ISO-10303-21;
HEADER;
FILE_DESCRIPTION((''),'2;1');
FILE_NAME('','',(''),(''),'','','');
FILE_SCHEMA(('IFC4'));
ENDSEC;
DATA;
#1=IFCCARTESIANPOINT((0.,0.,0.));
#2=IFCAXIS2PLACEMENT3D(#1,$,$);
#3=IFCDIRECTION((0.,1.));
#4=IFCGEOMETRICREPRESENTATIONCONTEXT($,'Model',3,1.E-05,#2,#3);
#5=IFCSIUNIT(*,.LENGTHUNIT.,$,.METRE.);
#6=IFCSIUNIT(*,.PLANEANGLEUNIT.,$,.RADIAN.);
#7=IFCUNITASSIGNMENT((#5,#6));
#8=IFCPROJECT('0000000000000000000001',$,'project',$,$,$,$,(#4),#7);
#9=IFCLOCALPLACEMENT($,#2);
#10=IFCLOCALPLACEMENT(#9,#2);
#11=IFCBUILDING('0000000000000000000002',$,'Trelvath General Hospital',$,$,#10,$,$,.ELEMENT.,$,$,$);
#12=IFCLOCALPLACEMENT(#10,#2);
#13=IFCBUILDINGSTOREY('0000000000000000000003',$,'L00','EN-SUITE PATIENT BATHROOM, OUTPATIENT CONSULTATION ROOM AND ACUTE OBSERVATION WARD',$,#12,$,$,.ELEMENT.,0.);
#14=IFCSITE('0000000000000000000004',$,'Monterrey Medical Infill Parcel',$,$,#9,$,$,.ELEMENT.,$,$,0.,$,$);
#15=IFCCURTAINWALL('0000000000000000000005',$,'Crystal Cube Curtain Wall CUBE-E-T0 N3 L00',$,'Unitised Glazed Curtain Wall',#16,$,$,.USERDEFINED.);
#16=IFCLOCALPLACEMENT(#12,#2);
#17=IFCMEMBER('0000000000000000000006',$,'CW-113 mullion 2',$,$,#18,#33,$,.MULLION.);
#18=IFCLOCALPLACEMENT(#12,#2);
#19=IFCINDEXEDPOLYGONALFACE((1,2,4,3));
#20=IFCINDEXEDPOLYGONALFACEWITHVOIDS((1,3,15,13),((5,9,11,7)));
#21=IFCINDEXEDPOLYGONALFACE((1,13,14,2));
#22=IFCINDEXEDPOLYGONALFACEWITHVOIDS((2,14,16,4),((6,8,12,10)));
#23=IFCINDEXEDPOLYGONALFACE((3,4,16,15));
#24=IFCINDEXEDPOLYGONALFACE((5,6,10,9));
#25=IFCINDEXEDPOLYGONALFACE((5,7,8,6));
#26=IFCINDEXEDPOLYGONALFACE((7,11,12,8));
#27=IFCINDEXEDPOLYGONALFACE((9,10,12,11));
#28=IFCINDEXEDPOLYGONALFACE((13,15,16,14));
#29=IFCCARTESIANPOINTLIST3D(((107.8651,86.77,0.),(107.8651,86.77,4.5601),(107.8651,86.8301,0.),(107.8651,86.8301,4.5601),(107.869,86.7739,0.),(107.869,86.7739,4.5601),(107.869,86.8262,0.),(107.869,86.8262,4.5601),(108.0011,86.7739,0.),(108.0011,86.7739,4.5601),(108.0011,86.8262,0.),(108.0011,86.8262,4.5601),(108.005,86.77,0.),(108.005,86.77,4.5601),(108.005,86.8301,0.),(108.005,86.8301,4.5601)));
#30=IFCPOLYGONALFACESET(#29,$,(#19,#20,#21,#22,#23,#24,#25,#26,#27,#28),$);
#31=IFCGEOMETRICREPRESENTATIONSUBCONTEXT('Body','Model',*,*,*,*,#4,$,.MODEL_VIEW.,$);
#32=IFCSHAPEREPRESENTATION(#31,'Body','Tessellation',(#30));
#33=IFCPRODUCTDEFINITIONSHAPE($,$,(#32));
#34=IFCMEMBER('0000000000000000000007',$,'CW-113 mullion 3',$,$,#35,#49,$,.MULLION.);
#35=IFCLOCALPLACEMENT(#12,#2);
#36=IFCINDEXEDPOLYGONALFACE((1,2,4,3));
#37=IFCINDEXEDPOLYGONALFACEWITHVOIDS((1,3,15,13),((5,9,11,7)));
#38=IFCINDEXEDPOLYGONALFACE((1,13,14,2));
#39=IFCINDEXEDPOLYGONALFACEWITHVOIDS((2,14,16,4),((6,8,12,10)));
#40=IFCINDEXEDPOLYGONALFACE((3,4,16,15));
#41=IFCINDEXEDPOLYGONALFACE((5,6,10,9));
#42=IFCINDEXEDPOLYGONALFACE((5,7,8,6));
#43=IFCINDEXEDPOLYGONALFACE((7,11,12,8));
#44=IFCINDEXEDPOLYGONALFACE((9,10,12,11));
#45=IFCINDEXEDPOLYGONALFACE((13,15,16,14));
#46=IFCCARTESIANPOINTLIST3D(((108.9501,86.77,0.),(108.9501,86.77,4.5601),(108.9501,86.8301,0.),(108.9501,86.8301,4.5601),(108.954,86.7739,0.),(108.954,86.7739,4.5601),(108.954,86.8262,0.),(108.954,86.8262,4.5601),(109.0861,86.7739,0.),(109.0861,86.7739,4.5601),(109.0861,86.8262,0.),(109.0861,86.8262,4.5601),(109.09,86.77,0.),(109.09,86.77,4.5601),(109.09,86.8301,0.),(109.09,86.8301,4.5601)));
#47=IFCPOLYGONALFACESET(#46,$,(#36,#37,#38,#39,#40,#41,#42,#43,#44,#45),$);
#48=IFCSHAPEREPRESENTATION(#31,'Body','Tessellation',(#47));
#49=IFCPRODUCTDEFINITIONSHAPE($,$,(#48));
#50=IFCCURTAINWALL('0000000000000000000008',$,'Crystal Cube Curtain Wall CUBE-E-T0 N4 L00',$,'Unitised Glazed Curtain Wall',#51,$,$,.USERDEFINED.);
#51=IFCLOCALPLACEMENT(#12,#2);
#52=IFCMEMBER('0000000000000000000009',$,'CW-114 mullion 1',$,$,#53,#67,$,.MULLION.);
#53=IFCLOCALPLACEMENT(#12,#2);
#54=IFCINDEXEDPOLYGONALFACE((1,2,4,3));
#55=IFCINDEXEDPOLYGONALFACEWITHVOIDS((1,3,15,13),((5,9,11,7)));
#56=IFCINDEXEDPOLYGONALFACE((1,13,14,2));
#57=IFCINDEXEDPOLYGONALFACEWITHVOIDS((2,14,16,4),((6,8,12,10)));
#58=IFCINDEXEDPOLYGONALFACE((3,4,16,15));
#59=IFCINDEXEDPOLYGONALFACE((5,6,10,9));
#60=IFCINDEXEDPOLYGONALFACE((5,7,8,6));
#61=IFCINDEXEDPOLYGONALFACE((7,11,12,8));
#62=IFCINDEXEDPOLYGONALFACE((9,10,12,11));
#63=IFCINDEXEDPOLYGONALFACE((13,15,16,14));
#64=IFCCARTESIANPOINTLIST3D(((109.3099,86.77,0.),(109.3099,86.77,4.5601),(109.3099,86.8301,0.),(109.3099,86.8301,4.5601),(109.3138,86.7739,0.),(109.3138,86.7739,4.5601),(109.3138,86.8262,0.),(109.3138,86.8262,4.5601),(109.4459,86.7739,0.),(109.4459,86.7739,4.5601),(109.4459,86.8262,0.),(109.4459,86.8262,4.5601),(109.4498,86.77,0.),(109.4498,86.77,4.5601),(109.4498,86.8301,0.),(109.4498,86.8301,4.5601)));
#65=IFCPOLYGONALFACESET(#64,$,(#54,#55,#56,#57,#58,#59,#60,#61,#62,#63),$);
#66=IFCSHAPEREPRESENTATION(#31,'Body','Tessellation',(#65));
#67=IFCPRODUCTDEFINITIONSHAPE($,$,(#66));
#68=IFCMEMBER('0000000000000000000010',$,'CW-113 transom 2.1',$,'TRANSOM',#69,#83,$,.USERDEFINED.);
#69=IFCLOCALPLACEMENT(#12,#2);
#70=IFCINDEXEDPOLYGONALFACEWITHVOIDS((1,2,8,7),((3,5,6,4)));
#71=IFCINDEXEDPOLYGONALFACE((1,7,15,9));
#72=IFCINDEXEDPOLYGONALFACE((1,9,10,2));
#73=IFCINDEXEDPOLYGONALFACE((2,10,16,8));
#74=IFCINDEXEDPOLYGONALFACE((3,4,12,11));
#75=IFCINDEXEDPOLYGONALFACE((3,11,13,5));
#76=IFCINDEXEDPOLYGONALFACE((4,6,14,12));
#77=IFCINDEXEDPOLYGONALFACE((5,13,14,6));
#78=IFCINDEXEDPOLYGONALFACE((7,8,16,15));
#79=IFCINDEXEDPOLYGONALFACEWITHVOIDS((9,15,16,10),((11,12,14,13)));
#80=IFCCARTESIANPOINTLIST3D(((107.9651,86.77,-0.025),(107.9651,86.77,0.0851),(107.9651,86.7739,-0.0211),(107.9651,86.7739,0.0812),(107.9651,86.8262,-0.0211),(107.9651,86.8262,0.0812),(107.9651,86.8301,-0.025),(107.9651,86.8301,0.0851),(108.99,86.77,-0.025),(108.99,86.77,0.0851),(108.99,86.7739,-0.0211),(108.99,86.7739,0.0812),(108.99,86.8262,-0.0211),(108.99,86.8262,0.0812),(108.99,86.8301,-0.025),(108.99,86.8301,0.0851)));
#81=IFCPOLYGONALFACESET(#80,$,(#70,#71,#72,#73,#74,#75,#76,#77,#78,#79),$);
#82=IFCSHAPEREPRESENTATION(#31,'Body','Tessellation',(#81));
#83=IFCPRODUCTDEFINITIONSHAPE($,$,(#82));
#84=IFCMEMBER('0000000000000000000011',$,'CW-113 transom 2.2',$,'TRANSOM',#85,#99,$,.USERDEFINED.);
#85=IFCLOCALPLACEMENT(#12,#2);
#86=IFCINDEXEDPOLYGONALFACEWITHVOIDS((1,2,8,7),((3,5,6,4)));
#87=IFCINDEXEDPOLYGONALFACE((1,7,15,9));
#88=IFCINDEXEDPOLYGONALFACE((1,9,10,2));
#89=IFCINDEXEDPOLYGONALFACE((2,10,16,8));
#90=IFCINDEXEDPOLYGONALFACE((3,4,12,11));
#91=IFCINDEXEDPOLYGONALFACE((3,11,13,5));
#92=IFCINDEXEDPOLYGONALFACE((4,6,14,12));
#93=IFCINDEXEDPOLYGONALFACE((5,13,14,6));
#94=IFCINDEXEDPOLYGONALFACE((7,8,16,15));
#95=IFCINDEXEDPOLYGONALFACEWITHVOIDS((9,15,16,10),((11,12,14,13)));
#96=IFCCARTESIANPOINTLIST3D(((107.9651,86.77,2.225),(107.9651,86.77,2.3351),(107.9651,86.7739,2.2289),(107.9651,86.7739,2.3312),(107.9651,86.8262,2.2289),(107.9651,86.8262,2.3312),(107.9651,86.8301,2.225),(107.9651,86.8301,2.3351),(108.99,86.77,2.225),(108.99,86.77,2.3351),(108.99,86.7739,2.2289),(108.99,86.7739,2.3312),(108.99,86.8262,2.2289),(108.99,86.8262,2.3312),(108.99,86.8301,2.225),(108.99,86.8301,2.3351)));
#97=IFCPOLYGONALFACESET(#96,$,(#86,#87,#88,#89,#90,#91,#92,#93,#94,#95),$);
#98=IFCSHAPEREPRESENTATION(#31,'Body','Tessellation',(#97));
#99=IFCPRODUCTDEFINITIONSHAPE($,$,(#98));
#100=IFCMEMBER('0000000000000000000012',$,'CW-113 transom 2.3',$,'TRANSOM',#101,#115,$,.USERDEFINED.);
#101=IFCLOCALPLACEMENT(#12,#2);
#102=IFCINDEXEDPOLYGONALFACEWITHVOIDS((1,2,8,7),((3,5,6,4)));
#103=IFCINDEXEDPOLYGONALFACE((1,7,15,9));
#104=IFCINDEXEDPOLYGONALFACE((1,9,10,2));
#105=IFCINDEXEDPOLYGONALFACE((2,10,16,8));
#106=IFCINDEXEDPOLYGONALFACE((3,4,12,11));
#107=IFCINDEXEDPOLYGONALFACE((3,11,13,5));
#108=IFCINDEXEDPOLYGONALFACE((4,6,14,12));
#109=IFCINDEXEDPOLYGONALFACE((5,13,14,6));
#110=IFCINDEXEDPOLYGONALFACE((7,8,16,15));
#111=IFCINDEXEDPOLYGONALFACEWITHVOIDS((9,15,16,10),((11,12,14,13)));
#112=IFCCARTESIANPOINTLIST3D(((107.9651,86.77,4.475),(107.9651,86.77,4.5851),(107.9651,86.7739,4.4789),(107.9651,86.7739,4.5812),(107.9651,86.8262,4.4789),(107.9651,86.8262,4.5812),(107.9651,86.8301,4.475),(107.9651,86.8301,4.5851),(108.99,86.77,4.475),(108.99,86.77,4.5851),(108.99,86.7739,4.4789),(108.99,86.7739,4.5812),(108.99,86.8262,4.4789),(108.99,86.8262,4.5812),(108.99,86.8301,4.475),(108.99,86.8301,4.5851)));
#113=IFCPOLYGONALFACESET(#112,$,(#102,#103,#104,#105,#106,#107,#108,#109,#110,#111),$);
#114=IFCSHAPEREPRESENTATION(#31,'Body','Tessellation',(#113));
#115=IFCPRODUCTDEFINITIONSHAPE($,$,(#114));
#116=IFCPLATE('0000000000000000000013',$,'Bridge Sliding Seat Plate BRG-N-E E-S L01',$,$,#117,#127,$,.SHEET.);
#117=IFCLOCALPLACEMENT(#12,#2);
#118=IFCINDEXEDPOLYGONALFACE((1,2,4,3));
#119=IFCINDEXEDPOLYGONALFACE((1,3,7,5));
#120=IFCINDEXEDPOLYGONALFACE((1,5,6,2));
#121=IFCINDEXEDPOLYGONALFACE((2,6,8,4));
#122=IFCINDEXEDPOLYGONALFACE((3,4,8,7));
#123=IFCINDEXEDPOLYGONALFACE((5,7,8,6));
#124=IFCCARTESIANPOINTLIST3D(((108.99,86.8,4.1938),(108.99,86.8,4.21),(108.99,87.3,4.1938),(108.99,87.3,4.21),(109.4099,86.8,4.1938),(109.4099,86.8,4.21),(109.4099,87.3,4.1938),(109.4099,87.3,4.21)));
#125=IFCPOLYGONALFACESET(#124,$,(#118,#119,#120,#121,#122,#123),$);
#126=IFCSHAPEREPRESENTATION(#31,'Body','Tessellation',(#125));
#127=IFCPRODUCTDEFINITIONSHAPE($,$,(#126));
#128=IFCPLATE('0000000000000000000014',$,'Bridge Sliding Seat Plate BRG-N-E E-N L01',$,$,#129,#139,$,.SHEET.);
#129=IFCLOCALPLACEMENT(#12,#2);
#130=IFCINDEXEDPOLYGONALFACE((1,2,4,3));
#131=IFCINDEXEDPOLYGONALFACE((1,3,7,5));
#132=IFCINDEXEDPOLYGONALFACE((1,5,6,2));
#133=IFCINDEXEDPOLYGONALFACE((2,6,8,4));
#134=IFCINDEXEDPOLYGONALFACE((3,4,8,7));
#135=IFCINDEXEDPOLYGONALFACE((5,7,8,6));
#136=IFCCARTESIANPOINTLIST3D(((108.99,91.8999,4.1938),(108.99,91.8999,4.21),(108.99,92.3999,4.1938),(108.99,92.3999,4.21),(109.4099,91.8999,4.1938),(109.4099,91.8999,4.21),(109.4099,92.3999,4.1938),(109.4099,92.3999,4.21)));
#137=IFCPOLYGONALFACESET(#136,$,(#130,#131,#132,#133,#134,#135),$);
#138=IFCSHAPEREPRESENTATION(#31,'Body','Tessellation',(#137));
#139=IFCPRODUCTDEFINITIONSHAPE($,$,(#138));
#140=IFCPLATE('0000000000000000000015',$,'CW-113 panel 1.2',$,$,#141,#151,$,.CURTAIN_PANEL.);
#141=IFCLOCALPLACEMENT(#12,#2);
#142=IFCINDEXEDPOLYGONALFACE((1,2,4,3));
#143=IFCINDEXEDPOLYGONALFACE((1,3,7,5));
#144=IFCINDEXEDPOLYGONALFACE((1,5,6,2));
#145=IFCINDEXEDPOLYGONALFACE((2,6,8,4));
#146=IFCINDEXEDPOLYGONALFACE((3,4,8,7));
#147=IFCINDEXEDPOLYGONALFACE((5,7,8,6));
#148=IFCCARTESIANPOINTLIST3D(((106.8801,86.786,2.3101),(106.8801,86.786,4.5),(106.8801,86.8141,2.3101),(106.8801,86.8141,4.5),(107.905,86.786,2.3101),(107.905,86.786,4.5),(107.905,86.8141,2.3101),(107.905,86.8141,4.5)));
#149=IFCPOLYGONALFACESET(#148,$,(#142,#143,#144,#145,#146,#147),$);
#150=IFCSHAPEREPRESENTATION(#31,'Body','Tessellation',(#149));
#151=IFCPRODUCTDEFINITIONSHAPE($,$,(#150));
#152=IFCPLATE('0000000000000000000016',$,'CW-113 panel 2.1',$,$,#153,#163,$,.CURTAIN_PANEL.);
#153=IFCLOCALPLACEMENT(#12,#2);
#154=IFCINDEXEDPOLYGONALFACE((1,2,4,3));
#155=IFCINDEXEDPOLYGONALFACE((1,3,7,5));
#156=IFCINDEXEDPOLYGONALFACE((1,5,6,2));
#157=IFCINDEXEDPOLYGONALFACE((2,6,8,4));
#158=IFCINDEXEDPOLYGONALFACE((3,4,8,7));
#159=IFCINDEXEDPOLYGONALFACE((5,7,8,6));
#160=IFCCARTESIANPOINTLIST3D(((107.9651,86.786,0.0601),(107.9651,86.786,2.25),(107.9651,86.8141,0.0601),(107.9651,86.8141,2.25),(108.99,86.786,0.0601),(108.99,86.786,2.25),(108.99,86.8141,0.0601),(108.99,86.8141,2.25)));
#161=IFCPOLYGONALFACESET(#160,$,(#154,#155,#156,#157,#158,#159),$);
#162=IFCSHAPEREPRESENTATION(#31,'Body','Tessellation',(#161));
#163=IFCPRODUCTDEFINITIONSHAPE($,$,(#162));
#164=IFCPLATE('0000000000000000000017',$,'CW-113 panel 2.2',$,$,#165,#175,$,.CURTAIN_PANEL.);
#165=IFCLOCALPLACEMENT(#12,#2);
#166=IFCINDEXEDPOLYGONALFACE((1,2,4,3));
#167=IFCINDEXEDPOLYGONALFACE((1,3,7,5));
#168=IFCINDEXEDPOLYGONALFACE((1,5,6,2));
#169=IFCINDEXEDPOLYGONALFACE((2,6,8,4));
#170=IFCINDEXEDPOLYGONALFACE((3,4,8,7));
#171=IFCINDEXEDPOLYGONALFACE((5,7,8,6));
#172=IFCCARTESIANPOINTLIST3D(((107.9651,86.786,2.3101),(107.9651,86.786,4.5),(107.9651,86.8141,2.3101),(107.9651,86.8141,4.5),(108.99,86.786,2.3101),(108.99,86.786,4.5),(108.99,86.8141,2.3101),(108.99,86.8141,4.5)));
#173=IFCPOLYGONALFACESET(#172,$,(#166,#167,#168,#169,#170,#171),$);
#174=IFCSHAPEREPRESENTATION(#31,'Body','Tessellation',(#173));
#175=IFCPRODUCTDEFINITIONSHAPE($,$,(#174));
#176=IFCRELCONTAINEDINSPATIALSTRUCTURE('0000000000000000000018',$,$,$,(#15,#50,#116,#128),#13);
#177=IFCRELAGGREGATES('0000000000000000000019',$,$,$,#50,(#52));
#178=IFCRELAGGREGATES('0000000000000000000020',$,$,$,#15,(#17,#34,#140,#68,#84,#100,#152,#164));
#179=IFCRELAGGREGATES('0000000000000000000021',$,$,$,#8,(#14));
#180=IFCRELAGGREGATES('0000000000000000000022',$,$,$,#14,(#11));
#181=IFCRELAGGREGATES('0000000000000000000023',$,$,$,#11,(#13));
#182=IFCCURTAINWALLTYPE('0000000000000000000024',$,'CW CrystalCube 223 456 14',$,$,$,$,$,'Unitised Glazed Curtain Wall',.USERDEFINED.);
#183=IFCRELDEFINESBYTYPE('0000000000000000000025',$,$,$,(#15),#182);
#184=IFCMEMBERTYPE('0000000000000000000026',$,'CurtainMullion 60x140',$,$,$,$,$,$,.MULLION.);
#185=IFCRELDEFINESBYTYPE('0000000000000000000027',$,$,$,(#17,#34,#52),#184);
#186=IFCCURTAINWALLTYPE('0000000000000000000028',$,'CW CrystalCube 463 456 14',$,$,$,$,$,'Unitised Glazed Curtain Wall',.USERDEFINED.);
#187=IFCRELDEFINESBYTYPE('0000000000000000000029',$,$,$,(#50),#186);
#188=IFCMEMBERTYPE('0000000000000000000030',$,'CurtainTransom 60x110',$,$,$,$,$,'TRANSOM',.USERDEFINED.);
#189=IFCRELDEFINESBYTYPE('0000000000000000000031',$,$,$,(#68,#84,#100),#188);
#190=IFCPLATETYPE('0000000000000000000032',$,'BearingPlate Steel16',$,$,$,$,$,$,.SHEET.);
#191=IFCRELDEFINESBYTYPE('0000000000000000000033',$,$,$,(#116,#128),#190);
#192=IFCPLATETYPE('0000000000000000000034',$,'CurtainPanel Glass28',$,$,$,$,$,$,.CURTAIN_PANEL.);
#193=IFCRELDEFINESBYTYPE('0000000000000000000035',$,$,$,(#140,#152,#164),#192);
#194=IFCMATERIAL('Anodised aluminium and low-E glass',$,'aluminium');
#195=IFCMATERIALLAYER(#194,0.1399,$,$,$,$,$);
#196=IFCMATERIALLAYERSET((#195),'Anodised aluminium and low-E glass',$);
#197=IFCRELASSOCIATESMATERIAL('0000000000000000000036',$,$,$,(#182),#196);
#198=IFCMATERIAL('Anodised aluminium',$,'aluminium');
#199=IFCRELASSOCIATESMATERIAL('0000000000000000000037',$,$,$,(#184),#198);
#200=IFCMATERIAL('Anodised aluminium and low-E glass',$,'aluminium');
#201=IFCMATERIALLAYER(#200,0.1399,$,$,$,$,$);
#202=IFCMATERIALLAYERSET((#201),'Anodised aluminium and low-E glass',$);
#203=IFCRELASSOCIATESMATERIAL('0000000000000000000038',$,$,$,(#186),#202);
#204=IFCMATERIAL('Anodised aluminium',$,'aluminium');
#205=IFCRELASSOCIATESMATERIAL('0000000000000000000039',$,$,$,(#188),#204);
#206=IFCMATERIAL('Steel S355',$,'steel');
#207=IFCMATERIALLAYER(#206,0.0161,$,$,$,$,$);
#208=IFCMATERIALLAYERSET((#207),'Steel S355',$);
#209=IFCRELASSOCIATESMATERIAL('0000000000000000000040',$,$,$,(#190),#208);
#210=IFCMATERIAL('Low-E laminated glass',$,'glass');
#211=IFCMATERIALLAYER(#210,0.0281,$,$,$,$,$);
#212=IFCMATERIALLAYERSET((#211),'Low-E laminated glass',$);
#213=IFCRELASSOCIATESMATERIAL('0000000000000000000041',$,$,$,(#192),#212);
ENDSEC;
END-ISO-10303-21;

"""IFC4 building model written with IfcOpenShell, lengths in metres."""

from ifc_helpers import new_model, si_unit, direction, frame, origin, origin_2d, place, context, subcontext, project, spatial, rectangle, hollow_rectangle, extrude, material, layer, layer_set, material_profile, profile_set, type_object, element, aggregate, save


model = new_model("IFC4")

# Units and contexts
model_context = context("Model", 3, precision=1e-05, world=origin(), true_north=direction((0.0, 1.0)))
body_context = subcontext(model_context, "Body", "Model", "MODEL_VIEW")
ifc_project = project(units=[si_unit("LENGTHUNIT", "METRE"), si_unit("PLANEANGLEUNIT", "RADIAN")], contexts=[model_context])

# Site, building, storey
site_placement = place(None, origin())
site = spatial("IfcSite", under=ifc_project, at=site_placement, Name="Monterrey Medical Infill Parcel", CompositionType="ELEMENT", RefElevation=0.0)
building_placement = place(site_placement, origin())
building = spatial("IfcBuilding", under=site, at=building_placement, Name="Trelvath General Hospital", CompositionType="ELEMENT")
storey_placement = place(building_placement, origin())
storey = spatial("IfcBuildingStorey", under=building, at=storey_placement, Name="L00", Description="EN-SUITE PATIENT BATHROOM, OUTPATIENT CONSULTATION ROOM AND ACUTE OBSERVATION WARD", CompositionType="ELEMENT", Elevation=0.0)

# Curtain wall, members
ifc_material_1 = material(Name="Anodised aluminium and low-E glass", Category="aluminium")
ifc_layer_1 = layer(ifc_material_1, 0.1399)
ifc_layer_set_1 = layer_set([ifc_layer_1], Name="Anodised aluminium and low-E glass")
curtain_wall_type_1 = type_object("IfcCurtainWallType", Name="CW CrystalCube 223 456 14", ElementType="Unitised Glazed Curtain Wall", PredefinedType="USERDEFINED", material=ifc_layer_set_1)
curtain_wall_1_placement = place(storey_placement, origin())
curtain_wall_1 = element("IfcCurtainWall", 1, at=curtain_wall_1_placement, inside=storey, type_object=curtain_wall_type_1, Name="Crystal Cube Curtain Wall CUBE-E-T0 N3 L00", ObjectType="Unitised Glazed Curtain Wall", PredefinedType="USERDEFINED")
ifc_material_2 = material(Name="Anodised aluminium", Category="aluminium")
ifc_material_profile_1 = material_profile(ifc_material_2, hollow_rectangle(XDim=0.0601, YDim=0.1399, WallThickness=0.0039, at=origin_2d()), Name="RHS60x140x4")
ifc_profile_set_1 = profile_set([ifc_material_profile_1], Name="Anodised aluminium")
member_type_1 = type_object("IfcMemberType", Name="CurtainMullion 60x140", PredefinedType="MULLION", material=ifc_profile_set_1)
member_1_placement = place(storey_placement, frame((107.9351, 86.8, 0.0), z_axis=(0.0, 0.0, 1.0), x_axis=(0.0, 1.0, 0.0)))
member_1 = element("IfcMember", 2, at=member_1_placement, type_object=member_type_1, Name="CW-113 mullion 2", PredefinedType="MULLION", context=body_context, shape_type="SweptSolid", body=[
    extrude(hollow_rectangle(XDim=0.0601, YDim=0.1399, WallThickness=0.0039, at=origin_2d()), origin(), (0.0, 0.0, 1.0), 4.5601),
])
member_2_placement = place(storey_placement, frame((109.02, 86.8, 0.0), z_axis=(0.0, 0.0, 1.0), x_axis=(0.0, 1.0, 0.0)))
member_2 = element("IfcMember", 3, at=member_2_placement, type_object=member_type_1, Name="CW-113 mullion 3", PredefinedType="MULLION", context=body_context, shape_type="SweptSolid", body=[
    extrude(hollow_rectangle(XDim=0.0601, YDim=0.1399, WallThickness=0.0039, at=origin_2d()), origin(), (0.0, 0.0, 1.0), 4.5601),
])

# Curtain wall, member
ifc_material_3 = material(Name="Anodised aluminium and low-E glass", Category="aluminium")
ifc_layer_2 = layer(ifc_material_3, 0.1399)
ifc_layer_set_2 = layer_set([ifc_layer_2], Name="Anodised aluminium and low-E glass")
curtain_wall_type_2 = type_object("IfcCurtainWallType", Name="CW CrystalCube 463 456 14", ElementType="Unitised Glazed Curtain Wall", PredefinedType="USERDEFINED", material=ifc_layer_set_2)
curtain_wall_2_placement = place(storey_placement, origin())
curtain_wall_2 = element("IfcCurtainWall", 4, at=curtain_wall_2_placement, inside=storey, type_object=curtain_wall_type_2, Name="Crystal Cube Curtain Wall CUBE-E-T0 N4 L00", ObjectType="Unitised Glazed Curtain Wall", PredefinedType="USERDEFINED")
member_3_placement = place(storey_placement, frame((109.3799, 86.8, 0.0), z_axis=(0.0, 0.0, 1.0), x_axis=(0.0, 1.0, 0.0)))
member_3 = element("IfcMember", 5, at=member_3_placement, type_object=member_type_1, Name="CW-114 mullion 1", PredefinedType="MULLION", context=body_context, shape_type="SweptSolid", body=[
    extrude(hollow_rectangle(XDim=0.0601, YDim=0.1399, WallThickness=0.0039, at=origin_2d()), origin(), (0.0, 0.0, 1.0), 4.5601),
])
aggregate(curtain_wall_2, [member_3])

# Members
ifc_material_4 = material(Name="Anodised aluminium", Category="aluminium")
ifc_material_profile_2 = material_profile(ifc_material_4, hollow_rectangle(XDim=0.0601, YDim=0.1101, WallThickness=0.0039, at=origin_2d()), Name="RHS60x110x4")
ifc_profile_set_2 = profile_set([ifc_material_profile_2], Name="Anodised aluminium")
member_type_2 = type_object("IfcMemberType", Name="CurtainTransom 60x110", ElementType="TRANSOM", PredefinedType="USERDEFINED", material=ifc_profile_set_2)
member_4_placement = place(storey_placement, frame((107.9651, 86.8, 0.03), z_axis=(1.0, 0.0, 0.0), x_axis=(0.0, 1.0, 0.0)))
member_4 = element("IfcMember", 6, at=member_4_placement, type_object=member_type_2, Name="CW-113 transom 2.1", ObjectType="TRANSOM", PredefinedType="USERDEFINED", context=body_context, shape_type="SweptSolid", body=[
    extrude(hollow_rectangle(XDim=0.0601, YDim=0.1101, WallThickness=0.0039, at=origin_2d()), origin(), (0.0, 0.0, 1.0), 1.0249),
])
member_5_placement = place(storey_placement, frame((107.9651, 86.8, 2.28), z_axis=(1.0, 0.0, 0.0), x_axis=(0.0, 1.0, 0.0)))
member_5 = element("IfcMember", 7, at=member_5_placement, type_object=member_type_2, Name="CW-113 transom 2.2", ObjectType="TRANSOM", PredefinedType="USERDEFINED", context=body_context, shape_type="SweptSolid", body=[
    extrude(hollow_rectangle(XDim=0.0601, YDim=0.1101, WallThickness=0.0039, at=origin_2d()), origin(), (0.0, 0.0, 1.0), 1.0249),
])
member_6_placement = place(storey_placement, frame((107.9651, 86.8, 4.53), z_axis=(1.0, 0.0, 0.0), x_axis=(0.0, 1.0, 0.0)))
member_6 = element("IfcMember", 8, at=member_6_placement, type_object=member_type_2, Name="CW-113 transom 2.3", ObjectType="TRANSOM", PredefinedType="USERDEFINED", context=body_context, shape_type="SweptSolid", body=[
    extrude(hollow_rectangle(XDim=0.0601, YDim=0.1101, WallThickness=0.0039, at=origin_2d()), origin(), (0.0, 0.0, 1.0), 1.0249),
])

# Plates
ifc_material_5 = material(Name="Steel S355", Category="steel")
ifc_layer_3 = layer(ifc_material_5, 0.0161)
ifc_layer_set_3 = layer_set([ifc_layer_3], Name="Steel S355")
plate_type_1 = type_object("IfcPlateType", Name="BearingPlate Steel16", PredefinedType="SHEET", material=ifc_layer_set_3)
for number, where, z_axis, x_axis, name in (
    (9, (109.2, 87.05, 4.1938), (0.0, 0.0, 1.0), (1.0, 0.0, 0.0), "Bridge Sliding Seat Plate BRG-N-E E-S L01"),
    (10, (109.2, 92.1499, 4.1938), (0.0, 0.0, 1.0), (1.0, 0.0, 0.0), "Bridge Sliding Seat Plate BRG-N-E E-N L01"),
):
    element("IfcPlate", number, at=place(storey_placement, frame(where, z_axis=z_axis, x_axis=x_axis)), inside=storey, type_object=plate_type_1, Name=name, PredefinedType="SHEET", context=body_context, shape_type="SweptSolid", body=[
        extrude(rectangle(XDim=0.4199, YDim=0.5, at=origin_2d()), origin(), (0.0, 0.0, 1.0), 0.0161),
    ])

# Plates
ifc_material_6 = material(Name="Low-E laminated glass", Category="glass")
ifc_layer_4 = layer(ifc_material_6, 0.0281)
ifc_layer_set_4 = layer_set([ifc_layer_4], Name="Low-E laminated glass")
plate_type_2 = type_object("IfcPlateType", Name="CurtainPanel Glass28", PredefinedType="CURTAIN_PANEL", material=ifc_layer_set_4)
plate_1_placement = place(storey_placement, frame((107.3926, 86.8, 2.3101), z_axis=(0.0, 0.0, 1.0), x_axis=(1.0, 0.0, 0.0)))
plate_1 = element("IfcPlate", 11, at=plate_1_placement, type_object=plate_type_2, Name="CW-113 panel 1.2", PredefinedType="CURTAIN_PANEL", context=body_context, shape_type="SweptSolid", body=[
    extrude(rectangle(XDim=1.0249, YDim=0.0281, at=origin_2d()), origin(), (0.0, 0.0, 1.0), 2.1899),
])
plate_2_placement = place(storey_placement, frame((108.4775, 86.8, 0.0601), z_axis=(0.0, 0.0, 1.0), x_axis=(1.0, 0.0, 0.0)))
plate_2 = element("IfcPlate", 12, at=plate_2_placement, type_object=plate_type_2, Name="CW-113 panel 2.1", PredefinedType="CURTAIN_PANEL", context=body_context, shape_type="SweptSolid", body=[
    extrude(rectangle(XDim=1.0249, YDim=0.0281, at=origin_2d()), origin(), (0.0, 0.0, 1.0), 2.1899),
])
plate_3_placement = place(storey_placement, frame((108.4775, 86.8, 2.3101), z_axis=(0.0, 0.0, 1.0), x_axis=(1.0, 0.0, 0.0)))
plate_3 = element("IfcPlate", 13, at=plate_3_placement, type_object=plate_type_2, Name="CW-113 panel 2.2", PredefinedType="CURTAIN_PANEL", context=body_context, shape_type="SweptSolid", body=[
    extrude(rectangle(XDim=1.0249, YDim=0.0281, at=origin_2d()), origin(), (0.0, 0.0, 1.0), 2.1899),
])
aggregate(curtain_wall_1, [member_1, member_2, plate_1, member_4, member_5, member_6, plate_2, plate_3])

save(model, "model.ifc")
